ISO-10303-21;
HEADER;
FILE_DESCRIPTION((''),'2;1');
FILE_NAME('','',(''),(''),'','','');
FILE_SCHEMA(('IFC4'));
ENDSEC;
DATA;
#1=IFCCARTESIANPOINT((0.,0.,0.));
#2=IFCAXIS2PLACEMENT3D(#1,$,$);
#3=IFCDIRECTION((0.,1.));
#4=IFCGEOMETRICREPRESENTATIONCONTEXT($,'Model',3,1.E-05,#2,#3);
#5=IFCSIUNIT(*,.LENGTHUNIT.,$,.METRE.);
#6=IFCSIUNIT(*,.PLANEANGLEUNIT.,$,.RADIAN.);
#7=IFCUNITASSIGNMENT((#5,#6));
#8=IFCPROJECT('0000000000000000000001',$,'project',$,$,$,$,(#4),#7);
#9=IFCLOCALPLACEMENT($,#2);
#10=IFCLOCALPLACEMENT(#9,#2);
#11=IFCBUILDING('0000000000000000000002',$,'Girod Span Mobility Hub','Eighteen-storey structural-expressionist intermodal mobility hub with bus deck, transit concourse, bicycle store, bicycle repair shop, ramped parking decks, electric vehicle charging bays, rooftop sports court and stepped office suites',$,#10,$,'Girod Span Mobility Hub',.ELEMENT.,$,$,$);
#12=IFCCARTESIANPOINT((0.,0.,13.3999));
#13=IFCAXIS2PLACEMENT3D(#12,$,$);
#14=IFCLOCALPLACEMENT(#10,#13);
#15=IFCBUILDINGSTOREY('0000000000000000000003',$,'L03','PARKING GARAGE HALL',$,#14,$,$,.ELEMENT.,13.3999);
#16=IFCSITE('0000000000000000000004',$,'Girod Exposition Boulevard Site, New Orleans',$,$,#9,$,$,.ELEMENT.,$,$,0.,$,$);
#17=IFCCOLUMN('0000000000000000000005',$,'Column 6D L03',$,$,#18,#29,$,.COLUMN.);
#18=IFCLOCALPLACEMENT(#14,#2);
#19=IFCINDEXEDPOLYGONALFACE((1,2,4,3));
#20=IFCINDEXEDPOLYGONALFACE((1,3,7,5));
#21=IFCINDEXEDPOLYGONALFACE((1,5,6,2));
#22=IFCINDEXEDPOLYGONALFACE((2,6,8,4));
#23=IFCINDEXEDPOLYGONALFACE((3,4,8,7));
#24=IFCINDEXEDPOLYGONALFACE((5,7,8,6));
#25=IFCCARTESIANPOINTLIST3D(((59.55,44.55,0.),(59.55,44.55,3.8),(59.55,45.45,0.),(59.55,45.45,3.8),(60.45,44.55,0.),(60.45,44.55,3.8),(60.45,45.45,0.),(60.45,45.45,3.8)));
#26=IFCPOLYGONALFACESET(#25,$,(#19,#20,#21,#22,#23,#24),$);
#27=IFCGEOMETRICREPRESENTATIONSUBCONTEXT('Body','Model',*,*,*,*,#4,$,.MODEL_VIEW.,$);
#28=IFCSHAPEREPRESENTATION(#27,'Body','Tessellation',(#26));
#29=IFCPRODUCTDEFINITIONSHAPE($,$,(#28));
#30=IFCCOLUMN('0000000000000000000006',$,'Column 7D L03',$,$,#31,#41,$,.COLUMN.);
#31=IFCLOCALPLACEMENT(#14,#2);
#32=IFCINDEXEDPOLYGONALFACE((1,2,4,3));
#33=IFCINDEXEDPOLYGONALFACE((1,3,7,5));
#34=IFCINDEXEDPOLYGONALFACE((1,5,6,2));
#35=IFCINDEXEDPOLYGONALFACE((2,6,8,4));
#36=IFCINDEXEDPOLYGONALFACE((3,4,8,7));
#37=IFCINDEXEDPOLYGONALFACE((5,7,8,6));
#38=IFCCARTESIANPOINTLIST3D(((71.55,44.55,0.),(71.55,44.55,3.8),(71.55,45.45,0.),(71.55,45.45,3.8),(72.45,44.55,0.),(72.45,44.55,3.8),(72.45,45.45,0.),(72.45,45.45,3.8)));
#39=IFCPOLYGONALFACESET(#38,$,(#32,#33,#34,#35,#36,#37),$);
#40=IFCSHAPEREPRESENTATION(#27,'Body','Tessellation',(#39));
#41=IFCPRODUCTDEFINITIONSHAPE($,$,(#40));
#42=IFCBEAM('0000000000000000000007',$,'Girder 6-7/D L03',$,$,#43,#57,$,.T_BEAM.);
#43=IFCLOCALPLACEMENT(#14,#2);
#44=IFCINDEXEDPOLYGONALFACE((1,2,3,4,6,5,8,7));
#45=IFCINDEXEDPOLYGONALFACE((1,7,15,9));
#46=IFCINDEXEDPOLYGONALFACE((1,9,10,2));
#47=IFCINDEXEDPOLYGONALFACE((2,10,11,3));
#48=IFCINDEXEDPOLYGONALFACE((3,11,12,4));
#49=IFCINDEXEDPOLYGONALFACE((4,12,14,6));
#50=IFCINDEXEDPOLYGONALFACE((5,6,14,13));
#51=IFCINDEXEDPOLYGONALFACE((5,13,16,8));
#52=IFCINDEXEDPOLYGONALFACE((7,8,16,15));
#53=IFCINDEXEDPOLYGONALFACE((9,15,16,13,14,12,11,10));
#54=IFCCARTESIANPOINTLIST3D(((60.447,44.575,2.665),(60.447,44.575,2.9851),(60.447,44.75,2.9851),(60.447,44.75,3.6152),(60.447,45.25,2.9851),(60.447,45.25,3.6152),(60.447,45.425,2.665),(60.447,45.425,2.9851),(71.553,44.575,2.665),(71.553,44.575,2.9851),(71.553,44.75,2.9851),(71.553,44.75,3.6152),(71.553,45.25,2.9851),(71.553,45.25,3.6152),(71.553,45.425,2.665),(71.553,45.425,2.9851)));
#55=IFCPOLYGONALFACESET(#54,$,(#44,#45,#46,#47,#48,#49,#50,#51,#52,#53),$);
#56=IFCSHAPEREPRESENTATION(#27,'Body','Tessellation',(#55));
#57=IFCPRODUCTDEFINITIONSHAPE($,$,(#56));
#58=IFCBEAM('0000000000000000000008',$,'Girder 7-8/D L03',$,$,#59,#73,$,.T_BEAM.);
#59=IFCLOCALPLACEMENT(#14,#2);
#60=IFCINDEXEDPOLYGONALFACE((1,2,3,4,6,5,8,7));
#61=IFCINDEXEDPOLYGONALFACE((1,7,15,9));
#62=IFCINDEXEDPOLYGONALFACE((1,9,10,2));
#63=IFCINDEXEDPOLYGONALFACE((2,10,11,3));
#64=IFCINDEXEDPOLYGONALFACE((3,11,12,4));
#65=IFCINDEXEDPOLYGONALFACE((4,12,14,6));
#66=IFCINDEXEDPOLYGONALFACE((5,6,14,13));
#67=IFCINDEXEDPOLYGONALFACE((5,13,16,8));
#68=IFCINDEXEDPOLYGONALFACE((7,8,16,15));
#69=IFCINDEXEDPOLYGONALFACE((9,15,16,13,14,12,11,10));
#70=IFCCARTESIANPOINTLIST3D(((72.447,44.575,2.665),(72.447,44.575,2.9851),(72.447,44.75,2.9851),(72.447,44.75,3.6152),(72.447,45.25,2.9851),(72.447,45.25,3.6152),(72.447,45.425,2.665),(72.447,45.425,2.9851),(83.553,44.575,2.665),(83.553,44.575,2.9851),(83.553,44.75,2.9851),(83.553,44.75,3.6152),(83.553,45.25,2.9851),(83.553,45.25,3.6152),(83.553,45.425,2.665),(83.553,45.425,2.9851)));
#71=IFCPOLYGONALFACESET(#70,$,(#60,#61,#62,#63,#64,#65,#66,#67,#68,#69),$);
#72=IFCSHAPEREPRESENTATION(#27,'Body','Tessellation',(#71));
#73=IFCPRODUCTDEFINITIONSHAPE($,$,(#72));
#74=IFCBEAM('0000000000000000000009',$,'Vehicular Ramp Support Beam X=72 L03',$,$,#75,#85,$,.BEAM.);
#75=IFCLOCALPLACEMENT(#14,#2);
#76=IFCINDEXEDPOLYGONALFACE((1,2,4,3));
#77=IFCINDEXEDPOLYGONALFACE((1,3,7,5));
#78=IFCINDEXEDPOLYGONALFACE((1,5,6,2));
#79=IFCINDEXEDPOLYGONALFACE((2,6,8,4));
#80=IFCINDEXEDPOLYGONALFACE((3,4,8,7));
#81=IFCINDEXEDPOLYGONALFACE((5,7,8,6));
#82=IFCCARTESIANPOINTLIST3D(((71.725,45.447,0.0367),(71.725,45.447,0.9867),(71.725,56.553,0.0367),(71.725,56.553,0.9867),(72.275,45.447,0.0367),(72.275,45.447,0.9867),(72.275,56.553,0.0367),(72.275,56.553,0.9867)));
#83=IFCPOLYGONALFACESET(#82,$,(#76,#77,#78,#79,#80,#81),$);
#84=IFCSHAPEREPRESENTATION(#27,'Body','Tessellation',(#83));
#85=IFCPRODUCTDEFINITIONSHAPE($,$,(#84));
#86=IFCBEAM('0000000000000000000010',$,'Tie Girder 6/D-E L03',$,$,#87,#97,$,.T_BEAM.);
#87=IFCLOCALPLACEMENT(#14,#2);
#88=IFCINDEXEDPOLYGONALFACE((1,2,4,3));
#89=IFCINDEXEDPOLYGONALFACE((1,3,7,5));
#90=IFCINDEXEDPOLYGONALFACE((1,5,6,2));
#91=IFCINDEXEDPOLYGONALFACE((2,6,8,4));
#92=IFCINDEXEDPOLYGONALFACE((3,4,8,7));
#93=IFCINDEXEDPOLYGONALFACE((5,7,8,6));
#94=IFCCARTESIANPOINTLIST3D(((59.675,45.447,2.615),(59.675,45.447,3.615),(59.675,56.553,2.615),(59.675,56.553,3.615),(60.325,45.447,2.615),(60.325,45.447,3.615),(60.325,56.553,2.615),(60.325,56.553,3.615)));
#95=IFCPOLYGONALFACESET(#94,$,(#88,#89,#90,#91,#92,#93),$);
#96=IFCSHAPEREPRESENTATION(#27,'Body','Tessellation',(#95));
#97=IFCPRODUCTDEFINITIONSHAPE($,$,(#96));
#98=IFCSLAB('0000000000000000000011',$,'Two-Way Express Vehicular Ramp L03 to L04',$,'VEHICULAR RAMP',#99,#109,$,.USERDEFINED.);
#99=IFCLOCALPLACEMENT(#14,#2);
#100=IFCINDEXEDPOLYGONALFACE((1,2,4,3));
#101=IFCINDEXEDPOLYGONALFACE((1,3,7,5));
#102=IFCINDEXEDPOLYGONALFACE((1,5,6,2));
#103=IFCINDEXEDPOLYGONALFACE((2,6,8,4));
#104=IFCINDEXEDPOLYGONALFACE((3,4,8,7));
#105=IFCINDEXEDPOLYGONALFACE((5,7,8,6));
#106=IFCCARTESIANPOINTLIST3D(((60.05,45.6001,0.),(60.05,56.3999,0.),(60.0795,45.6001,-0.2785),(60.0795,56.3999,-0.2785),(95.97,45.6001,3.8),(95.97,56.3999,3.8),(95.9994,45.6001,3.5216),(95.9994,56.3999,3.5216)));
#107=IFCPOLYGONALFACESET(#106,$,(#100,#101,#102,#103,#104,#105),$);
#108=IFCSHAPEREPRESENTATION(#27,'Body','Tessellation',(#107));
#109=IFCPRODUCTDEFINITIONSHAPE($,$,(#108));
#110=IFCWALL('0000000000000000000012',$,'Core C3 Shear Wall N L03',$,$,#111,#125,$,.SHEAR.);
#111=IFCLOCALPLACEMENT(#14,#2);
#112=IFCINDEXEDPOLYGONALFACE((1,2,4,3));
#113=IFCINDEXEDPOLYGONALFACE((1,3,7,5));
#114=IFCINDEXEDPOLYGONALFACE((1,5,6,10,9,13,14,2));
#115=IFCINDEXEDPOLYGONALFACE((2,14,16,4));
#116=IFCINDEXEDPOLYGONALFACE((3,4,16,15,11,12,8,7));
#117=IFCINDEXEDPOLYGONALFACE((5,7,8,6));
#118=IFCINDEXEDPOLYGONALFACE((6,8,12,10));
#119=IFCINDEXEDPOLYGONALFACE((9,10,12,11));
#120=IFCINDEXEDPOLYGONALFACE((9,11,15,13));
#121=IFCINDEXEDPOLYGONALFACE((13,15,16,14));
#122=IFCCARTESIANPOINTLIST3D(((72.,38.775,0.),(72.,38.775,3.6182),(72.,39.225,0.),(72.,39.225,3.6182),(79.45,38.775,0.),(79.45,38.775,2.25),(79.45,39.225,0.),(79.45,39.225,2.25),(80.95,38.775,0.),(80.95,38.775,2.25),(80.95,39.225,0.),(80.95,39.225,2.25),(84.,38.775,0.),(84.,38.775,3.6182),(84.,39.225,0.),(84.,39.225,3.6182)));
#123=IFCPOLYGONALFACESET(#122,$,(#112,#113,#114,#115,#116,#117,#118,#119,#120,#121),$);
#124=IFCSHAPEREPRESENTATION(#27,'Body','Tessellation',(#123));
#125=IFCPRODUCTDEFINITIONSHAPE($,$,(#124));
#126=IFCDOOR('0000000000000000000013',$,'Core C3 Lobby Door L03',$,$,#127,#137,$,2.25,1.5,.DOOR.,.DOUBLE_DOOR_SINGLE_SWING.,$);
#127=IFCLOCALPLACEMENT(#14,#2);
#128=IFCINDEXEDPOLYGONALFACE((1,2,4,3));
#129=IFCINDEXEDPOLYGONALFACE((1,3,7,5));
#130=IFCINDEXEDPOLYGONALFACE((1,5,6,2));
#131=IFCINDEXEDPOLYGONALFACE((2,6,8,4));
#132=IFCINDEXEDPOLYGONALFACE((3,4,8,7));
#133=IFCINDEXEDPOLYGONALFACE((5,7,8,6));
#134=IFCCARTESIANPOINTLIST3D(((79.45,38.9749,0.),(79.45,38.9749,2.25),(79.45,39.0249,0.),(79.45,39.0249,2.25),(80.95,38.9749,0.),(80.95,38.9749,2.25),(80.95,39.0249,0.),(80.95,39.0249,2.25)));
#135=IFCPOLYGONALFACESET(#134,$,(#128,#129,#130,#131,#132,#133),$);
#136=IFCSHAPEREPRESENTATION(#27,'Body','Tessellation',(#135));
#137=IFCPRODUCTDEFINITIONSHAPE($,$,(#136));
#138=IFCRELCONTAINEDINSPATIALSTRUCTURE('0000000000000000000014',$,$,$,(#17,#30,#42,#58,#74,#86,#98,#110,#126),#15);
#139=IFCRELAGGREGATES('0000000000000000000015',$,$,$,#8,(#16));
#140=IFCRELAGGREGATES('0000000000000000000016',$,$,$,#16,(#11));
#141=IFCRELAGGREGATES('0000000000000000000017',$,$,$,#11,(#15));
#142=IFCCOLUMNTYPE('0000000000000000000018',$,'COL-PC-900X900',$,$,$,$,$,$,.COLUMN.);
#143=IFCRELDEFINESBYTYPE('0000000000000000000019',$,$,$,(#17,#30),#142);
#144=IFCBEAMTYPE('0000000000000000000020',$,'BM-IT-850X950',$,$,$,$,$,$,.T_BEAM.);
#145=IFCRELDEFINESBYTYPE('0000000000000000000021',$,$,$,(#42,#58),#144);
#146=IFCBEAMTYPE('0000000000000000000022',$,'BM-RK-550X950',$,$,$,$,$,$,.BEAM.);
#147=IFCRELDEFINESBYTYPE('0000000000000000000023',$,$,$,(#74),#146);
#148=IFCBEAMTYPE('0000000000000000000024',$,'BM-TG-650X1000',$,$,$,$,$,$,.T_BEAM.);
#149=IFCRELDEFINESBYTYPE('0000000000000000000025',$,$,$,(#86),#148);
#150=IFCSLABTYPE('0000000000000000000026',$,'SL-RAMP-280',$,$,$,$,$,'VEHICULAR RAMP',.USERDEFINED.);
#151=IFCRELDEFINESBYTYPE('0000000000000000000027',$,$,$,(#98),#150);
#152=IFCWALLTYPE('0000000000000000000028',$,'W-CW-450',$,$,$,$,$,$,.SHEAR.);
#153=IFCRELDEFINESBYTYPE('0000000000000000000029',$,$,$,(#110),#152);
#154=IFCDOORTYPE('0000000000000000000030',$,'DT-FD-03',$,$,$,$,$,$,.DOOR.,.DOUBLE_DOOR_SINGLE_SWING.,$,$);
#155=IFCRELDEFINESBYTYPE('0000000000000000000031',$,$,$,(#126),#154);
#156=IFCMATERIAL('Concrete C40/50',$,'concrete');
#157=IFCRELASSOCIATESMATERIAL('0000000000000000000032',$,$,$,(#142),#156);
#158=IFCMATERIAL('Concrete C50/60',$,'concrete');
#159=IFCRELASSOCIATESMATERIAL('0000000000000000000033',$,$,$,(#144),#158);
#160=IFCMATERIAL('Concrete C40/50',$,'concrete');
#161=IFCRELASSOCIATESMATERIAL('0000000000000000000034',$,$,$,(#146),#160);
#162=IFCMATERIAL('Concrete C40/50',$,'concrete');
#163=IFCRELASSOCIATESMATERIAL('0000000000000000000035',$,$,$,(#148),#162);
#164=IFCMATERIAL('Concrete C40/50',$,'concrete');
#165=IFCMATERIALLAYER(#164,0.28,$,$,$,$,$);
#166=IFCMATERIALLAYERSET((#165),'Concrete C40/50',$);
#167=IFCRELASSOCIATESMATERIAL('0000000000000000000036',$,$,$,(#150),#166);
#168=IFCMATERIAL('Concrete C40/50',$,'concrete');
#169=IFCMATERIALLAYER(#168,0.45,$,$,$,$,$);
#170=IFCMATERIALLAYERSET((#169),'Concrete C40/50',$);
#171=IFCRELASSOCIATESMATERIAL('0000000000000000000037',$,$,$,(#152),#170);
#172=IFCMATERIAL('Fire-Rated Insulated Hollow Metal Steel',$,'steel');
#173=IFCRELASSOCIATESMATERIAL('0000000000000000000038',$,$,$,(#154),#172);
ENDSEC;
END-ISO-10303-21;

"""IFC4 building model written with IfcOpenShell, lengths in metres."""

from ifc_helpers import new_model, si_unit, direction, frame, frame_2d, origin, origin_2d, place, context, subcontext, project, spatial, polyline, rectangle, outline, extrude, material, layer, layer_set, material_profile, profile_set, type_object, element, fill, save


model = new_model("IFC4")

# Units and contexts
model_context = context("Model", 3, precision=1e-05, world=origin(), true_north=direction((0.0, 1.0)))
body_context = subcontext(model_context, "Body", "Model", "MODEL_VIEW")
ifc_project = project(units=[si_unit("LENGTHUNIT", "METRE"), si_unit("PLANEANGLEUNIT", "RADIAN")], contexts=[model_context])

# Site, building, storey
site_placement = place(None, origin())
site = spatial("IfcSite", under=ifc_project, at=site_placement, Name="Girod Exposition Boulevard Site, New Orleans", CompositionType="ELEMENT", RefElevation=0.0)
building_placement = place(site_placement, origin())
building = spatial("IfcBuilding", under=site, at=building_placement, Name="Girod Span Mobility Hub", Description="Eighteen-storey structural-expressionist intermodal mobility hub with bus deck, transit concourse, bicycle store, bicycle repair shop, ramped parking decks, electric vehicle charging bays, rooftop sports court and stepped office suites", LongName="Girod Span Mobility Hub", CompositionType="ELEMENT")
storey_placement = place(building_placement, frame((0.0, 0.0, 13.3999)))
storey = spatial("IfcBuildingStorey", under=building, at=storey_placement, Name="L03", Description="PARKING GARAGE HALL", CompositionType="ELEMENT", Elevation=13.3999)

# Columns
ifc_material_1 = material(Name="Concrete C40/50", Category="concrete")
ifc_material_profile_1 = material_profile(ifc_material_1, rectangle(XDim=0.8999, YDim=0.8999, at=origin_2d()), Name="PC-COL-900X900")
ifc_profile_set_1 = profile_set([ifc_material_profile_1], Name="Concrete C40/50")
column_type = type_object("IfcColumnType", Name="COL-PC-900X900", PredefinedType="COLUMN", material=ifc_profile_set_1)
for number, where, z_axis, x_axis, name in (
    (1, (60.0, 45.0, 0.0), (0.0, 0.0, 1.0), (1.0, 0.0, 0.0), "Column 6D L03"),
    (2, (72.0, 45.0, 0.0), (0.0, 0.0, 1.0), (1.0, 0.0, 0.0), "Column 7D L03"),
):
    element("IfcColumn", number, at=place(storey_placement, frame(where, z_axis=z_axis, x_axis=x_axis)), inside=storey, type_object=column_type, Name=name, PredefinedType="COLUMN", context=body_context, shape_type="SweptSolid", body=[
        extrude(rectangle(XDim=0.8999, YDim=0.8999, at=origin_2d()), origin(), (0.0, 0.0, 1.0), 3.8),
    ])

# Beams
ifc_material_2 = material(Name="Concrete C50/60", Category="concrete")
ifc_material_profile_2 = material_profile(ifc_material_2, outline(polyline([(-0.425, -0.4751), (0.425, -0.4751), (0.425, -0.155), (0.25, -0.155), (0.25, 0.4751), (-0.25, 0.4751), (-0.25, -0.155), (-0.425, -0.155), (-0.425, -0.4751)])), Name="IT-850X950")
ifc_profile_set_2 = profile_set([ifc_material_profile_2], Name="Concrete C50/60")
beam_type_1 = type_object("IfcBeamType", Name="BM-IT-850X950", PredefinedType="T_BEAM", material=ifc_profile_set_2)
for number, where, z_axis, x_axis, name in (
    (3, (60.447, 45.0, 3.1401), (1.0, 0.0, 0.0), (0.0, 1.0, 0.0), "Girder 6-7/D L03"),
    (4, (72.447, 45.0, 3.1401), (1.0, 0.0, 0.0), (0.0, 1.0, 0.0), "Girder 7-8/D L03"),
):
    element("IfcBeam", number, at=place(storey_placement, frame(where, z_axis=z_axis, x_axis=x_axis)), inside=storey, type_object=beam_type_1, Name=name, PredefinedType="T_BEAM", context=body_context, shape_type="SweptSolid", body=[
        extrude(outline(polyline([(-0.425, -0.4751), (0.425, -0.4751), (0.425, -0.155), (0.25, -0.155), (0.25, 0.4751), (-0.25, 0.4751), (-0.25, -0.155), (-0.425, -0.155), (-0.425, -0.4751)])), origin(), (0.0, 0.0, 1.0), 11.106),
    ])
ifc_material_3 = material(Name="Concrete C40/50", Category="concrete")
ifc_material_profile_3 = material_profile(ifc_material_3, rectangle(XDim=0.55, YDim=0.95, at=origin_2d()), Name="RK-550X950")
ifc_profile_set_3 = profile_set([ifc_material_profile_3], Name="Concrete C40/50")
beam_type_2 = type_object("IfcBeamType", Name="BM-RK-550X950", PredefinedType="BEAM", material=ifc_profile_set_3)
beam_1_placement = place(storey_placement, frame((72.0, 45.447, 0.5117), z_axis=(0.0, 1.0, 0.0), x_axis=(-1.0, 0.0, 0.0)))
element("IfcBeam", 5, at=beam_1_placement, inside=storey, type_object=beam_type_2, Name="Vehicular Ramp Support Beam X=72 L03", PredefinedType="BEAM", context=body_context, shape_type="SweptSolid", body=[
    extrude(rectangle(XDim=0.55, YDim=0.95, at=origin_2d()), origin(), (0.0, 0.0, 1.0), 11.106),
])
ifc_material_4 = material(Name="Concrete C40/50", Category="concrete")
ifc_material_profile_4 = material_profile(ifc_material_4, rectangle(XDim=0.6499, YDim=1.0, at=origin_2d()), Name="TG-650X1000")
ifc_profile_set_4 = profile_set([ifc_material_profile_4], Name="Concrete C40/50")
beam_type_3 = type_object("IfcBeamType", Name="BM-TG-650X1000", PredefinedType="T_BEAM", material=ifc_profile_set_4)
beam_2_placement = place(storey_placement, frame((60.0, 45.447, 3.115), z_axis=(0.0, 1.0, 0.0), x_axis=(-1.0, 0.0, 0.0)))
element("IfcBeam", 6, at=beam_2_placement, inside=storey, type_object=beam_type_3, Name="Tie Girder 6/D-E L03", PredefinedType="T_BEAM", context=body_context, shape_type="SweptSolid", body=[
    extrude(rectangle(XDim=0.6499, YDim=1.0, at=origin_2d()), origin(), (0.0, 0.0, 1.0), 11.106),
])

# Slab
ifc_material_5 = material(Name="Concrete C40/50", Category="concrete")
ifc_layer_1 = layer(ifc_material_5, 0.28)
ifc_layer_set_1 = layer_set([ifc_layer_1], Name="Concrete C40/50")
slab_type = type_object("IfcSlabType", Name="SL-RAMP-280", ElementType="VEHICULAR RAMP", PredefinedType="USERDEFINED", material=ifc_layer_set_1)
slab_placement = place(storey_placement, frame((60.05, 45.6001, 0.0), z_axis=(-0.105205, 0.0, 0.994451), x_axis=(0.994451, 0.0, 0.105205)))
element("IfcSlab", 7, at=slab_placement, inside=storey, type_object=slab_type, Name="Two-Way Express Vehicular Ramp L03 to L04", ObjectType="VEHICULAR RAMP", PredefinedType="USERDEFINED", context=body_context, shape_type="SweptSolid", body=[
    extrude(outline(polyline([(0.0, 0.0), (36.1204, 0.0), (36.1204, 10.7998), (0.0, 10.7998), (0.0, 0.0)])), origin(), (0.0, 0.0, -1.0), 0.28),
])

# Wall, opening, door
ifc_material_6 = material(Name="Concrete C40/50", Category="concrete")
ifc_layer_2 = layer(ifc_material_6, 0.45)
ifc_layer_set_2 = layer_set([ifc_layer_2], Name="Concrete C40/50")
wall_type_1 = type_object("IfcWallType", Name="W-CW-450", PredefinedType="SHEAR", material=ifc_layer_set_2)
wall_1_placement = place(storey_placement, frame((72.0, 39.0, 0.0), z_axis=(0.0, 0.0, 1.0), x_axis=(1.0, 0.0, 0.0)))
wall_1 = element("IfcWall", 8, at=wall_1_placement, inside=storey, type_object=wall_type_1, Name="Core C3 Shear Wall N L03", PredefinedType="SHEAR", context=body_context, shape_type="SweptSolid", body=[
    extrude(rectangle(XDim=12.0, YDim=0.45, at=frame_2d((6.0, 0.0))), origin(), (0.0, 0.0, 1.0), 3.6182),
])
opening_1_placement = place(wall_1_placement, frame((7.45, 0.0, 0.0)))
opening_1 = element("IfcOpeningElement", 9, at=opening_1_placement, cuts=wall_1, PredefinedType="OPENING", context=body_context, shape_type="SweptSolid", body=[
    extrude(rectangle(XDim=1.5, YDim=2.25, at=frame_2d((0.75, 1.125))), frame((0.0, 0.24, 0.0), z_axis=(0.0, -1.0, 0.0), x_axis=(1.0, 0.0, 0.0)), (0.0, 0.0, 1.0), 0.48),
])
ifc_material_7 = material(Name="Fire-Rated Insulated Hollow Metal Steel", Category="steel")
door_type_1 = type_object("IfcDoorType", Name="DT-FD-03", OperationType="DOUBLE_DOOR_SINGLE_SWING", PredefinedType="DOOR", material=ifc_material_7)
door_1_placement = place(opening_1_placement, origin())
door_1 = element("IfcDoor", 10, at=door_1_placement, inside=storey, type_object=door_type_1, Name="Core C3 Lobby Door L03", OperationType="DOUBLE_DOOR_SINGLE_SWING", OverallHeight=2.25, OverallWidth=1.5, PredefinedType="DOOR", context=body_context, shape_type="SweptSolid", body=[
    extrude(rectangle(XDim=1.5, YDim=2.25, at=frame_2d((0.75, 1.125))), frame((0.0, 0.0249, 0.0), z_axis=(0.0, -1.0, 0.0), x_axis=(1.0, 0.0, 0.0)), (0.0, 0.0, 1.0), 0.05),
])
fill(opening_1, door_1)

save(model, "model.ifc")
